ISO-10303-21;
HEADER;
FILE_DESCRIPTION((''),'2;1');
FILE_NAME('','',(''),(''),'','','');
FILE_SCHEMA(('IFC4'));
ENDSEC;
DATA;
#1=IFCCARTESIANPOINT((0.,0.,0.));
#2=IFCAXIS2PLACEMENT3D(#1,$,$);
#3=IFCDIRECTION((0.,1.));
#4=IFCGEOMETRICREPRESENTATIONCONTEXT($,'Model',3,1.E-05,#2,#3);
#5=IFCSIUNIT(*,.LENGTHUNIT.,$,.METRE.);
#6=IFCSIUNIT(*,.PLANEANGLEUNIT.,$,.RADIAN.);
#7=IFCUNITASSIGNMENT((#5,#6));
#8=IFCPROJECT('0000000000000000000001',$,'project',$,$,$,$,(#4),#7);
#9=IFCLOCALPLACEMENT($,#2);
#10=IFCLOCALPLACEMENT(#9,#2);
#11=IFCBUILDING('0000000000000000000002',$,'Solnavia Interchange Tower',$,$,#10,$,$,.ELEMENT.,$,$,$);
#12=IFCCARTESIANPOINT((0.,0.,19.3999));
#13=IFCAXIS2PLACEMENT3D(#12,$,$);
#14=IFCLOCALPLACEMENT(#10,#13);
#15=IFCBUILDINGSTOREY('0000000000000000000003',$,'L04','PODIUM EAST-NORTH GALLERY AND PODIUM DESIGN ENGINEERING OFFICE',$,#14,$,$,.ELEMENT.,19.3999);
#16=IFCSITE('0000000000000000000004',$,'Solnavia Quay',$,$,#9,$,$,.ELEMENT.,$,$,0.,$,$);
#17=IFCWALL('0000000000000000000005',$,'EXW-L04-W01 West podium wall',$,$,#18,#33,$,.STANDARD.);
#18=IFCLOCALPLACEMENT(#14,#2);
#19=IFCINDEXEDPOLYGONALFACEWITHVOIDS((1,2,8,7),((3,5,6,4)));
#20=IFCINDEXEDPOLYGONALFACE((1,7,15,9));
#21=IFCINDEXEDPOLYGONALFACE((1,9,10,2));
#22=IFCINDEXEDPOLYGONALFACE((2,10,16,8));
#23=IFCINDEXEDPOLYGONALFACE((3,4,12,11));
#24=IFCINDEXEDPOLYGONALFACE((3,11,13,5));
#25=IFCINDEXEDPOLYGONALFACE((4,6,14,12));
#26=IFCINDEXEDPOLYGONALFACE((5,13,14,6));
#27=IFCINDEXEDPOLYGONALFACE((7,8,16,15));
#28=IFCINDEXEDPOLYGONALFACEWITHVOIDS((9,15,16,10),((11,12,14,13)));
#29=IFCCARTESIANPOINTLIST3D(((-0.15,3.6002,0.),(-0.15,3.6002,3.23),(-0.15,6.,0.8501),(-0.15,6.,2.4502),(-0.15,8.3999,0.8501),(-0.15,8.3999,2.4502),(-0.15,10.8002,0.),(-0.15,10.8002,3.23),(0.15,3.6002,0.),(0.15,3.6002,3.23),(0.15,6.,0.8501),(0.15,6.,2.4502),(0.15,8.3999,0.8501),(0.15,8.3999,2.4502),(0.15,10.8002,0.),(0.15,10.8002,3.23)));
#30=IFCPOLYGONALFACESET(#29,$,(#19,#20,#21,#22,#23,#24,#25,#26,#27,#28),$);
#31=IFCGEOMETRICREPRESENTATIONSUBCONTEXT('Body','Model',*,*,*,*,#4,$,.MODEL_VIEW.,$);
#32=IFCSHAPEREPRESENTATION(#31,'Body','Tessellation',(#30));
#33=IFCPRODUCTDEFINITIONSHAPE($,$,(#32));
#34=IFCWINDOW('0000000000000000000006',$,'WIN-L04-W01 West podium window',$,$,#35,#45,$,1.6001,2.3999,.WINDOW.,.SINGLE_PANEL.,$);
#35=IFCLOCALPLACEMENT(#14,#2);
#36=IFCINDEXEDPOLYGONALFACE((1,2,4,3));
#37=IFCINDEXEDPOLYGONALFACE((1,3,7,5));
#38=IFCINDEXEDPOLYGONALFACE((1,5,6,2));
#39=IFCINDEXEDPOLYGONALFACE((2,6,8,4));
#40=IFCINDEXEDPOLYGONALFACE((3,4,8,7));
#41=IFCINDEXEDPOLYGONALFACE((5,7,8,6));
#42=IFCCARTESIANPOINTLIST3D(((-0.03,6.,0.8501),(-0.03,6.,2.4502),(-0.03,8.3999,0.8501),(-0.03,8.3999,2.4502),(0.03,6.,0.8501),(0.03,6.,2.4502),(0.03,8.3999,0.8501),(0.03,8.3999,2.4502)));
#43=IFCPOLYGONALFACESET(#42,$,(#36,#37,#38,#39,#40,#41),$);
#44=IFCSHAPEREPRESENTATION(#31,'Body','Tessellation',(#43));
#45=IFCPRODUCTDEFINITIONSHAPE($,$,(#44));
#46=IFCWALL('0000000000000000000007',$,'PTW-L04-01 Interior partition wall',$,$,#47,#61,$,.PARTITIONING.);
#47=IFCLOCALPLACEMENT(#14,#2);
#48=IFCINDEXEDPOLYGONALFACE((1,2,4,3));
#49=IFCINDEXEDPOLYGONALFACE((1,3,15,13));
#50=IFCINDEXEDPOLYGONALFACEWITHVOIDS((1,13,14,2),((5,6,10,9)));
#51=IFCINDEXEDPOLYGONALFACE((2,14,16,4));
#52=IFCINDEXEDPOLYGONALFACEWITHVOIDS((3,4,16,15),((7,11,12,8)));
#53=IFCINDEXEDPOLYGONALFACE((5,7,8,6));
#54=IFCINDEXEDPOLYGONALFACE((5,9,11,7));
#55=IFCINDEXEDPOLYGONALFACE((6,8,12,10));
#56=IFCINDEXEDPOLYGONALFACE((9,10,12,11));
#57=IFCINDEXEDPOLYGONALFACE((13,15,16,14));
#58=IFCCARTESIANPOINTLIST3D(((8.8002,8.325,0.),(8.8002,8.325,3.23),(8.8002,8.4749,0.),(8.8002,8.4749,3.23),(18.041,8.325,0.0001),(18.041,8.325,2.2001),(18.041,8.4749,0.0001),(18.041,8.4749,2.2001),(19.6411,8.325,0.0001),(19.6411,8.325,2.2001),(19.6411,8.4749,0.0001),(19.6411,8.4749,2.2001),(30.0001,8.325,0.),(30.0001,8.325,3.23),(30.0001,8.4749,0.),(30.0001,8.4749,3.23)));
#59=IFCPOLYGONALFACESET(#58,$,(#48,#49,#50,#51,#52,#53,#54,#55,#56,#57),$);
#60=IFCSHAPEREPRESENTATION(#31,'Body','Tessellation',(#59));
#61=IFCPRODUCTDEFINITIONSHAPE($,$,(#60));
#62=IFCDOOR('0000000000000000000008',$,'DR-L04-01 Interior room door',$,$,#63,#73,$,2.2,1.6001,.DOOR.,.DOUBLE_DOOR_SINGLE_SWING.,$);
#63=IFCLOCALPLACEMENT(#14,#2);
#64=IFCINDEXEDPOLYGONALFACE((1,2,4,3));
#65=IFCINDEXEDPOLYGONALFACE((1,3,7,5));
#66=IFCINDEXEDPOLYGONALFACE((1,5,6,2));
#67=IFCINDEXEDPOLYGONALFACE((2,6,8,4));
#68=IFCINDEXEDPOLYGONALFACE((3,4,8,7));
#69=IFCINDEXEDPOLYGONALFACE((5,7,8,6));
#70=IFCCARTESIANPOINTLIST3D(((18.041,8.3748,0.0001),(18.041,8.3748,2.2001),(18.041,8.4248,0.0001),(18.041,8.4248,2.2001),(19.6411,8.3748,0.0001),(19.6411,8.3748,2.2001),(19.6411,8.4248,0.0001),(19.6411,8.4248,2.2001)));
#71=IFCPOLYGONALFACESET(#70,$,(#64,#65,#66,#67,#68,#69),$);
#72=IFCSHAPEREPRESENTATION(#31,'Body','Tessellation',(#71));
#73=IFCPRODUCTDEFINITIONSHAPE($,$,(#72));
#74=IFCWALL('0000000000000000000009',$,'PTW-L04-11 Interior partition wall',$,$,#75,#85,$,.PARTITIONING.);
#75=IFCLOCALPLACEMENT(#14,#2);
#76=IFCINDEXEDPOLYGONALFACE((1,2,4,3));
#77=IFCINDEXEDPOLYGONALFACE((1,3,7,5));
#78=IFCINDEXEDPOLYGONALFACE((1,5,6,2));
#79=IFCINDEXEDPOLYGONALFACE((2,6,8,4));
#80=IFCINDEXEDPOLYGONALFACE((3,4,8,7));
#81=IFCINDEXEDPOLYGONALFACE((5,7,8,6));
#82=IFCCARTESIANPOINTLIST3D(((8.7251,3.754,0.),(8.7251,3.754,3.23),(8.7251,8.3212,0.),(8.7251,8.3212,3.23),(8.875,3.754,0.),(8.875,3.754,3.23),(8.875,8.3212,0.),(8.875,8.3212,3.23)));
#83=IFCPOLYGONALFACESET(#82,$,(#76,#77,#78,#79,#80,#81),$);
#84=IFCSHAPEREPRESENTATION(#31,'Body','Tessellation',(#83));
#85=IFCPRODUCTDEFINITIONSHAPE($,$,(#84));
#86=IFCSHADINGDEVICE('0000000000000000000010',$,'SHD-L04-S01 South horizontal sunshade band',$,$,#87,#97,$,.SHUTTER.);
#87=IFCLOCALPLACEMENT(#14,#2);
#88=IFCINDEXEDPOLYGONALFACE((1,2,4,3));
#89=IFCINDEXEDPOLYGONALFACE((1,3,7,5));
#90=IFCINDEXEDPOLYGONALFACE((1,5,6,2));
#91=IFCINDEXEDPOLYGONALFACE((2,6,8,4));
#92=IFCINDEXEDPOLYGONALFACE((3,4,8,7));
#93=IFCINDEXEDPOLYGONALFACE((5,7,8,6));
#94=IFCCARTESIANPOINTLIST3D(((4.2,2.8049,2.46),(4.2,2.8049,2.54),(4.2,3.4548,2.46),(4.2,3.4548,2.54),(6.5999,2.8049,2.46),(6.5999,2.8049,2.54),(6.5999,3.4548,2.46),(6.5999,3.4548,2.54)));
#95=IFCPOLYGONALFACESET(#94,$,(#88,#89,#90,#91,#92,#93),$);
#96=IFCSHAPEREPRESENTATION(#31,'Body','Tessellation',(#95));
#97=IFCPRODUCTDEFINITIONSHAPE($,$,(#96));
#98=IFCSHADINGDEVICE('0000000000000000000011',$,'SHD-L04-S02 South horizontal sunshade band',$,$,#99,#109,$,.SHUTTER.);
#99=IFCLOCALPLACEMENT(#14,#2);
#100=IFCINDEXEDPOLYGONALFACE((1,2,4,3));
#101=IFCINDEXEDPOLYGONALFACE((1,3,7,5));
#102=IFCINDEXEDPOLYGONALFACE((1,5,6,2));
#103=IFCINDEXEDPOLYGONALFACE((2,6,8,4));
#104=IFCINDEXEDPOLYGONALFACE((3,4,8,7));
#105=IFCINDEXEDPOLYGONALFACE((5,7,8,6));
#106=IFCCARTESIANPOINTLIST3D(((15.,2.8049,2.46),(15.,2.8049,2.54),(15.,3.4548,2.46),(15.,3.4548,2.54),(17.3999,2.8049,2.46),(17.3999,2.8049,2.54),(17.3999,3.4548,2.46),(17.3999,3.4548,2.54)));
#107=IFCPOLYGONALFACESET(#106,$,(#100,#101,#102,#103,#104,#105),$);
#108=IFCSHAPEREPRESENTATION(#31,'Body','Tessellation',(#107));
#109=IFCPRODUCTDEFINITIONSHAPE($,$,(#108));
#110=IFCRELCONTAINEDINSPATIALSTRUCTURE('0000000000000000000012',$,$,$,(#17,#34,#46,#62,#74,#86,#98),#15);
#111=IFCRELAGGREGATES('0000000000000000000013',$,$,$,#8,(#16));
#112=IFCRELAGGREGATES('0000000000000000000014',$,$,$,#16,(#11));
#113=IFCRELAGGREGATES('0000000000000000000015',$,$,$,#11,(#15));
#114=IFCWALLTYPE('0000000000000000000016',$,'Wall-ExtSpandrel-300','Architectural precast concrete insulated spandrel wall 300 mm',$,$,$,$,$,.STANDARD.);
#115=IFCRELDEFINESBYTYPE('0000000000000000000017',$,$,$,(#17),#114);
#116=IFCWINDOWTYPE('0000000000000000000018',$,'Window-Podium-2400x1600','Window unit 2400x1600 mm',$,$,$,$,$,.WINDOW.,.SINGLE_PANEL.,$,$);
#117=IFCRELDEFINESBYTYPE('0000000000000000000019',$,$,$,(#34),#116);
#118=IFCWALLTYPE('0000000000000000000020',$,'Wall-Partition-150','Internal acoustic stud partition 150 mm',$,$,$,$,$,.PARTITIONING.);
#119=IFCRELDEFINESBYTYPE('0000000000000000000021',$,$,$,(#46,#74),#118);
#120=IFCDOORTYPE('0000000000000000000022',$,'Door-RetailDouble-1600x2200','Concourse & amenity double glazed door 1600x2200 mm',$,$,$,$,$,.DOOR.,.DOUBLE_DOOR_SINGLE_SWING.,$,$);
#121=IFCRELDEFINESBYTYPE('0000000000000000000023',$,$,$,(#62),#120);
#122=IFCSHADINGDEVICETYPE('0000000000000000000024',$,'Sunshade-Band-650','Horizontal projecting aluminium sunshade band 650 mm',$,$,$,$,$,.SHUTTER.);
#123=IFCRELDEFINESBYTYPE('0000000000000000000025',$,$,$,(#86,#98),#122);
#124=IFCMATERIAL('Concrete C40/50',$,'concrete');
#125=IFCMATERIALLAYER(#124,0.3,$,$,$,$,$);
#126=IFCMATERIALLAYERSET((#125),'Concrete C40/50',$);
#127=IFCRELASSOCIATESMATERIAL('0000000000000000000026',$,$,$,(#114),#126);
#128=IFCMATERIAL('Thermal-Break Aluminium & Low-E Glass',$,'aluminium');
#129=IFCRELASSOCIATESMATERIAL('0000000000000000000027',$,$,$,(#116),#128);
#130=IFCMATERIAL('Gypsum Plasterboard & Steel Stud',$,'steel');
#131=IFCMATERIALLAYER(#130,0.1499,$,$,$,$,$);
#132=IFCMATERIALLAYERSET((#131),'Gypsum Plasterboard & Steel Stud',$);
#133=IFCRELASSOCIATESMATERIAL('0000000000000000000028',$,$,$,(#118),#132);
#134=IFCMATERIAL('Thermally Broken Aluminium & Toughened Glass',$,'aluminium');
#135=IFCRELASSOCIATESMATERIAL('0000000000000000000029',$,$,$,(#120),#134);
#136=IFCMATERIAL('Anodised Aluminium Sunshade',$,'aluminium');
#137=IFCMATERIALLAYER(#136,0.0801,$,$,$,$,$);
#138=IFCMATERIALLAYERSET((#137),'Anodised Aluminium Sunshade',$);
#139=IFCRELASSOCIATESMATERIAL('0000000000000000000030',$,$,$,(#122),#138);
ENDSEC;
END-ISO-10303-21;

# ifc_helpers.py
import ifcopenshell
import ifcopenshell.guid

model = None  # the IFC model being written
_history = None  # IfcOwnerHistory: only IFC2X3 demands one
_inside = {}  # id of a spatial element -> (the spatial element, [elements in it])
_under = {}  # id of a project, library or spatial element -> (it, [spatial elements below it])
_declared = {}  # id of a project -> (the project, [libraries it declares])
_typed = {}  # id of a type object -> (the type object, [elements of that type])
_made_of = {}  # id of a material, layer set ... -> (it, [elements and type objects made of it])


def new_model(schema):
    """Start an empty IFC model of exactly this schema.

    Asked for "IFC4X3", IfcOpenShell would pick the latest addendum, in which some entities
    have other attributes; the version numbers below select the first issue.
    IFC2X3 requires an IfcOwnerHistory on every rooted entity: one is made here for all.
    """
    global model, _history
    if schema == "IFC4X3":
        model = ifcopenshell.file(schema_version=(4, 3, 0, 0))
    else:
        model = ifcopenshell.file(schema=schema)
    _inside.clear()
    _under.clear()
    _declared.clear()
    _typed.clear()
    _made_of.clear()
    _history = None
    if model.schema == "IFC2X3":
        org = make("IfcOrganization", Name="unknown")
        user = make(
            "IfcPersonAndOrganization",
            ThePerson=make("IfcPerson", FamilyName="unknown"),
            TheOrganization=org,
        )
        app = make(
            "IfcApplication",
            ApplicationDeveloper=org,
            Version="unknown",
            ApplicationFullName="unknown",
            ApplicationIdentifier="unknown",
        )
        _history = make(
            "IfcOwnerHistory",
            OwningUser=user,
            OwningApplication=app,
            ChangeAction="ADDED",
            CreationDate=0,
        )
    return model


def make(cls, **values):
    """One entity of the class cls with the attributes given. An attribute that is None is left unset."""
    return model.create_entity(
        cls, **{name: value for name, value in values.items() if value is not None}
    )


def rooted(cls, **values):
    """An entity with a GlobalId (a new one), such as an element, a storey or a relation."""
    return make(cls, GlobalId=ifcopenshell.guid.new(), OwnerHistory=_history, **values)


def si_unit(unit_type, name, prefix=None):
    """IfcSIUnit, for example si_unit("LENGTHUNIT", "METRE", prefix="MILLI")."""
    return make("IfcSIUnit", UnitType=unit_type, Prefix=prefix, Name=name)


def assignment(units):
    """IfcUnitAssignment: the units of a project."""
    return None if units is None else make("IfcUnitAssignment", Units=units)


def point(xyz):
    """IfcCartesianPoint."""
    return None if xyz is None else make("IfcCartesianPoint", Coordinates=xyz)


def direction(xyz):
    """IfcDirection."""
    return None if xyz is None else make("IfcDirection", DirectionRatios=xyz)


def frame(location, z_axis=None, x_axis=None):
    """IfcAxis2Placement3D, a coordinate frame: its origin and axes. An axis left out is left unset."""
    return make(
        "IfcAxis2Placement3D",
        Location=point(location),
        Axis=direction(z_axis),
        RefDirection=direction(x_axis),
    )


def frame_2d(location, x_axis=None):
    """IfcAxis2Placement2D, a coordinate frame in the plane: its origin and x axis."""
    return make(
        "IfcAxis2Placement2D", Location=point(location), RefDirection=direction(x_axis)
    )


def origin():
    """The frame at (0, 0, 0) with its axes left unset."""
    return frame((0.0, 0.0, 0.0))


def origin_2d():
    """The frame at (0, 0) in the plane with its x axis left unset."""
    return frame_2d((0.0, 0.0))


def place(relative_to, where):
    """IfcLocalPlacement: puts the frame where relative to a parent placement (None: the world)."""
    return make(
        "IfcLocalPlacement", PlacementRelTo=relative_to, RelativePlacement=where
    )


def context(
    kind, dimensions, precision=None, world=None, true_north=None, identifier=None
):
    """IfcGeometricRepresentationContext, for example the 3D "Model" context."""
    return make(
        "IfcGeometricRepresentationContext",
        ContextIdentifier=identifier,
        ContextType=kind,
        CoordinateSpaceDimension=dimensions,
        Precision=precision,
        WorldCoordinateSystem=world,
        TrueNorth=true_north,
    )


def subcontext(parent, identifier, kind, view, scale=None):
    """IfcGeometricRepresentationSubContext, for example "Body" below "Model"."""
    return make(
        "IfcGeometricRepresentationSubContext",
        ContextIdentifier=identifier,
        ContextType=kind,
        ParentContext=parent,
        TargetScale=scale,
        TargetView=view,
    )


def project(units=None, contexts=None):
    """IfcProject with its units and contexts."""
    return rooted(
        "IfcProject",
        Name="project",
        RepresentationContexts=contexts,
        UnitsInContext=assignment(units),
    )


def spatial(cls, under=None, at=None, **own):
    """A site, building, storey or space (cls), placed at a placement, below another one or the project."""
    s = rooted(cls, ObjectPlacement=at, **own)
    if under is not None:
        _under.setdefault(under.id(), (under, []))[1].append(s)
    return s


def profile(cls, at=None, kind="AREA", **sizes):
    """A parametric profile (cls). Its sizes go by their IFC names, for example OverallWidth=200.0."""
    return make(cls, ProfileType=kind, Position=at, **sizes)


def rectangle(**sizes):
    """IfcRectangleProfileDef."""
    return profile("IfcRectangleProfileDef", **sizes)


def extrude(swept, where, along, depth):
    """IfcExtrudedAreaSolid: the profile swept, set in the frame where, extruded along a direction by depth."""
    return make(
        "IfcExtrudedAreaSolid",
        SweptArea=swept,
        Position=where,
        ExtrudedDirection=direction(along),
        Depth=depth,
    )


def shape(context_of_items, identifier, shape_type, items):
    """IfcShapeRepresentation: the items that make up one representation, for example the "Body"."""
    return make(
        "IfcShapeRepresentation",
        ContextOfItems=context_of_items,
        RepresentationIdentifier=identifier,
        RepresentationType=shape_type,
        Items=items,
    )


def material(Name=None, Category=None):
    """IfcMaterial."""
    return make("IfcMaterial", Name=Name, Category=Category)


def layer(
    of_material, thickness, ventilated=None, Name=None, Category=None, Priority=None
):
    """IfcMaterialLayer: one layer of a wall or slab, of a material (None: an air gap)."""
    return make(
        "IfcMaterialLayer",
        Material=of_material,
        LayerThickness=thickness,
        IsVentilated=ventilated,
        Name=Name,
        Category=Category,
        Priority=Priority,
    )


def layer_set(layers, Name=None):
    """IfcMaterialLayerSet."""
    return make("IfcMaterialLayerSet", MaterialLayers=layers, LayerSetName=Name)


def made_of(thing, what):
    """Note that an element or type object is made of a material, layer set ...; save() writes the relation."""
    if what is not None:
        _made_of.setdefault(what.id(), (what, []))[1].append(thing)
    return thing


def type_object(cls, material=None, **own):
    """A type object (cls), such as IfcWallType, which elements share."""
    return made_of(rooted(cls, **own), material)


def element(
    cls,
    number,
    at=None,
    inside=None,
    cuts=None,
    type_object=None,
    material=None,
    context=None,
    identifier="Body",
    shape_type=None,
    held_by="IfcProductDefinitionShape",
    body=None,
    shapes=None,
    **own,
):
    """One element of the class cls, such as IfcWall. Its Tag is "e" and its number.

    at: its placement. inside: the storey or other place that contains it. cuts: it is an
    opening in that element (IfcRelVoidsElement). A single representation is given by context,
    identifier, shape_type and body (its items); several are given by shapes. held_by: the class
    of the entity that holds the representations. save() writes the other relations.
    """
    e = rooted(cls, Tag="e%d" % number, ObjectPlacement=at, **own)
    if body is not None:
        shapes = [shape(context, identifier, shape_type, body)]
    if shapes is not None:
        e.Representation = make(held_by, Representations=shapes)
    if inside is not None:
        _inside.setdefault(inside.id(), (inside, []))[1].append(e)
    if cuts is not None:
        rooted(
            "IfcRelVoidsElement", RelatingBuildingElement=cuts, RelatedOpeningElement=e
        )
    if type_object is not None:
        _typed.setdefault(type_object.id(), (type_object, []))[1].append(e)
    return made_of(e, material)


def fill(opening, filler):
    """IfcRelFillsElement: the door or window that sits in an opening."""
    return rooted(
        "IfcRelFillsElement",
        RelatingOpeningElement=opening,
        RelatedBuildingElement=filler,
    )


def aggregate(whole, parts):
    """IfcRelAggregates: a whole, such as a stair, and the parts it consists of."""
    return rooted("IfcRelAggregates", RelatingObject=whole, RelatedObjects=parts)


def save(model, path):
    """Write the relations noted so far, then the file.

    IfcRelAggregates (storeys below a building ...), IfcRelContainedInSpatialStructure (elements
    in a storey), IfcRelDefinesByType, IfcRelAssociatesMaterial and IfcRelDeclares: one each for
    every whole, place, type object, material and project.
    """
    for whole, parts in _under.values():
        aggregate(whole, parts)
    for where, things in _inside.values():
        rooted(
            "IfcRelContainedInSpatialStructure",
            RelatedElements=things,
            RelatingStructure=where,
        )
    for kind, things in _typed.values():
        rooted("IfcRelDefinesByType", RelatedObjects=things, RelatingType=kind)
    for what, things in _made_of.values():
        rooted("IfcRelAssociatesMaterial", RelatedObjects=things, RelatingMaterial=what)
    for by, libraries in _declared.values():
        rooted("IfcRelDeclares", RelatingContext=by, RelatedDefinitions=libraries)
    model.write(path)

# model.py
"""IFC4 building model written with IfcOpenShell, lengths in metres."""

from ifc_helpers import new_model, si_unit, direction, frame, frame_2d, origin, origin_2d, place, context, subcontext, project, spatial, rectangle, extrude, material, layer, layer_set, type_object, element, fill, save


model = new_model("IFC4")

# Units and contexts
model_context = context("Model", 3, precision=1e-05, world=origin(), true_north=direction((0.0, 1.0)))
body_context = subcontext(model_context, "Body", "Model", "MODEL_VIEW")
ifc_project = project(units=[si_unit("LENGTHUNIT", "METRE"), si_unit("PLANEANGLEUNIT", "RADIAN")], contexts=[model_context])

# Site, building, storey
site_placement = place(None, origin())
site = spatial("IfcSite", under=ifc_project, at=site_placement, Name="Solnavia Quay", CompositionType="ELEMENT", RefElevation=0.0)
building_placement = place(site_placement, origin())
building = spatial("IfcBuilding", under=site, at=building_placement, Name="Solnavia Interchange Tower", CompositionType="ELEMENT")
storey_placement = place(building_placement, frame((0.0, 0.0, 19.3999)))
storey = spatial("IfcBuildingStorey", under=building, at=storey_placement, Name="L04", Description="PODIUM EAST-NORTH GALLERY AND PODIUM DESIGN ENGINEERING OFFICE", CompositionType="ELEMENT", Elevation=19.3999)

# Shared definitions
ifc_material_1 = material(Name="Concrete C40/50", Category="concrete")

# Wall, opening, window
ifc_layer_1 = layer(ifc_material_1, 0.3)
ifc_layer_set_1 = layer_set([ifc_layer_1], Name="Concrete C40/50")
wall_type_1 = type_object("IfcWallType", Name="Wall-ExtSpandrel-300", Description="Architectural precast concrete insulated spandrel wall 300 mm", PredefinedType="STANDARD", material=ifc_layer_set_1)
ifc_material_2 = material(Name="Thermal-Break Aluminium & Low-E Glass", Category="aluminium")
window_type = type_object("IfcWindowType", Name="Window-Podium-2400x1600", Description="Window unit 2400x1600 mm", PartitioningType="SINGLE_PANEL", PredefinedType="WINDOW", material=ifc_material_2)
wall_1_placement = place(storey_placement, frame((0.0, 3.6001, 0.0), z_axis=(0.0, 0.0, 1.0), x_axis=(0.0, 1.0, 0.0)))
wall_1 = element("IfcWall", 1, at=wall_1_placement, inside=storey, type_object=wall_type_1, Name="EXW-L04-W01 West podium wall", PredefinedType="STANDARD", context=body_context, shape_type="SweptSolid", body=[
    extrude(rectangle(XDim=7.2, YDim=0.3, at=frame_2d((3.6001, 0.0))), origin(), (0.0, 0.0, 1.0), 3.23),
])
opening_1_placement = place(wall_1_placement, frame((2.3999, 0.0, 0.8501)))
opening_1 = element("IfcOpeningElement", 2, at=opening_1_placement, cuts=wall_1, PredefinedType="OPENING", context=body_context, shape_type="SweptSolid", body=[
    extrude(rectangle(XDim=2.3999, YDim=1.6001, at=frame_2d((1.2, 0.8))), frame((0.0, 0.1602, 0.0), z_axis=(0.0, -1.0, 0.0), x_axis=(1.0, 0.0, 0.0)), (0.0, 0.0, 1.0), 0.3201),
])
window_1_placement = place(opening_1_placement, origin())
window_1 = element("IfcWindow", 3, at=window_1_placement, inside=storey, type_object=window_type, Name="WIN-L04-W01 West podium window", OverallHeight=1.6001, OverallWidth=2.3999, PartitioningType="SINGLE_PANEL", PredefinedType="WINDOW", context=body_context, shape_type="SweptSolid", body=[
    extrude(rectangle(XDim=2.3999, YDim=1.6001, at=frame_2d((1.2, 0.8))), frame((0.0, 0.03, 0.0), z_axis=(0.0, -1.0, 0.0), x_axis=(1.0, 0.0, 0.0)), (0.0, 0.0, 1.0), 0.0601),
])
fill(opening_1, window_1)

# Wall, opening, door
ifc_material_3 = material(Name="Gypsum Plasterboard & Steel Stud", Category="steel")
ifc_layer_2 = layer(ifc_material_3, 0.1499)
ifc_layer_set_2 = layer_set([ifc_layer_2], Name="Gypsum Plasterboard & Steel Stud")
wall_type_2 = type_object("IfcWallType", Name="Wall-Partition-150", Description="Internal acoustic stud partition 150 mm", PredefinedType="PARTITIONING", material=ifc_layer_set_2)
wall_2_placement = place(storey_placement, frame((8.8, 8.3999, 0.0), z_axis=(0.0, 0.0, 1.0), x_axis=(1.0, 0.0, 0.0)))
wall_2 = element("IfcWall", 4, at=wall_2_placement, inside=storey, type_object=wall_type_2, Name="PTW-L04-01 Interior partition wall", PredefinedType="PARTITIONING", context=body_context, shape_type="SweptSolid", body=[
    extrude(rectangle(XDim=21.2, YDim=0.1499, at=frame_2d((10.6001, 0.0))), origin(), (0.0, 0.0, 1.0), 3.23),
])
opening_2_placement = place(wall_2_placement, frame((9.241, 0.0, 0.0)))
opening_2 = element("IfcOpeningElement", 5, at=opening_2_placement, cuts=wall_2, PredefinedType="OPENING", context=body_context, shape_type="SweptSolid", body=[
    extrude(rectangle(XDim=1.6001, YDim=2.2, at=frame_2d((0.8, 1.1001))), frame((0.0, 0.085, 0.0), z_axis=(0.0, -1.0, 0.0), x_axis=(1.0, 0.0, 0.0)), (0.0, 0.0, 1.0), 0.1699),
])
ifc_material_4 = material(Name="Thermally Broken Aluminium & Toughened Glass", Category="aluminium")
door_type = type_object("IfcDoorType", Name="Door-RetailDouble-1600x2200", Description="Concourse & amenity double glazed door 1600x2200 mm", OperationType="DOUBLE_DOOR_SINGLE_SWING", PredefinedType="DOOR", material=ifc_material_4)
door_placement = place(opening_2_placement, origin())
door = element("IfcDoor", 6, at=door_placement, inside=storey, type_object=door_type, Name="DR-L04-01 Interior room door", OperationType="DOUBLE_DOOR_SINGLE_SWING", OverallHeight=2.2, OverallWidth=1.6001, PredefinedType="DOOR", context=body_context, shape_type="SweptSolid", body=[
    extrude(rectangle(XDim=1.6001, YDim=2.2, at=frame_2d((0.8, 1.1001))), frame((0.0, 0.0249, 0.0), z_axis=(0.0, -1.0, 0.0), x_axis=(1.0, 0.0, 0.0)), (0.0, 0.0, 1.0), 0.05),
])
fill(opening_2, door)

# Wall
wall_3_placement = place(storey_placement, frame((8.8, 3.7539, 0.0), z_axis=(0.0, 0.0, 1.0), x_axis=(0.0, 1.0, 0.0)))
element("IfcWall", 7, at=wall_3_placement, inside=storey, type_object=wall_type_2, Name="PTW-L04-11 Interior partition wall", PredefinedType="PARTITIONING", context=body_context, shape_type="SweptSolid", body=[
    extrude(rectangle(XDim=4.5671, YDim=0.1499, at=frame_2d((2.2837, 0.0))), origin(), (0.0, 0.0, 1.0), 3.23),
])

# Shading devices
ifc_material_5 = material(Name="Anodised Aluminium Sunshade", Category="aluminium")
ifc_layer_3 = layer(ifc_material_5, 0.0801)
ifc_layer_set_3 = layer_set([ifc_layer_3], Name="Anodised Aluminium Sunshade")
shading_device_type = type_object("IfcShadingDeviceType", Name="Sunshade-Band-650", Description="Horizontal projecting aluminium sunshade band 650 mm", PredefinedType="SHUTTER", material=ifc_layer_set_3)
for number, where, z_axis, x_axis, name in (
    (8, (5.3999, 3.1299, 2.46), (0.0, 0.0, 1.0), (1.0, 0.0, 0.0), "SHD-L04-S01 South horizontal sunshade band"),
    (9, (16.2, 3.1299, 2.46), (0.0, 0.0, 1.0), (1.0, 0.0, 0.0), "SHD-L04-S02 South horizontal sunshade band"),
):
    element("IfcShadingDevice", number, at=place(storey_placement, frame(where, z_axis=z_axis, x_axis=x_axis)), inside=storey, type_object=shading_device_type, Name=name, PredefinedType="SHUTTER", context=body_context, shape_type="SweptSolid", body=[
        extrude(rectangle(XDim=2.3999, YDim=0.6499, at=origin_2d()), origin(), (0.0, 0.0, 1.0), 0.0801),
    ])

save(model, "model.ifc")
